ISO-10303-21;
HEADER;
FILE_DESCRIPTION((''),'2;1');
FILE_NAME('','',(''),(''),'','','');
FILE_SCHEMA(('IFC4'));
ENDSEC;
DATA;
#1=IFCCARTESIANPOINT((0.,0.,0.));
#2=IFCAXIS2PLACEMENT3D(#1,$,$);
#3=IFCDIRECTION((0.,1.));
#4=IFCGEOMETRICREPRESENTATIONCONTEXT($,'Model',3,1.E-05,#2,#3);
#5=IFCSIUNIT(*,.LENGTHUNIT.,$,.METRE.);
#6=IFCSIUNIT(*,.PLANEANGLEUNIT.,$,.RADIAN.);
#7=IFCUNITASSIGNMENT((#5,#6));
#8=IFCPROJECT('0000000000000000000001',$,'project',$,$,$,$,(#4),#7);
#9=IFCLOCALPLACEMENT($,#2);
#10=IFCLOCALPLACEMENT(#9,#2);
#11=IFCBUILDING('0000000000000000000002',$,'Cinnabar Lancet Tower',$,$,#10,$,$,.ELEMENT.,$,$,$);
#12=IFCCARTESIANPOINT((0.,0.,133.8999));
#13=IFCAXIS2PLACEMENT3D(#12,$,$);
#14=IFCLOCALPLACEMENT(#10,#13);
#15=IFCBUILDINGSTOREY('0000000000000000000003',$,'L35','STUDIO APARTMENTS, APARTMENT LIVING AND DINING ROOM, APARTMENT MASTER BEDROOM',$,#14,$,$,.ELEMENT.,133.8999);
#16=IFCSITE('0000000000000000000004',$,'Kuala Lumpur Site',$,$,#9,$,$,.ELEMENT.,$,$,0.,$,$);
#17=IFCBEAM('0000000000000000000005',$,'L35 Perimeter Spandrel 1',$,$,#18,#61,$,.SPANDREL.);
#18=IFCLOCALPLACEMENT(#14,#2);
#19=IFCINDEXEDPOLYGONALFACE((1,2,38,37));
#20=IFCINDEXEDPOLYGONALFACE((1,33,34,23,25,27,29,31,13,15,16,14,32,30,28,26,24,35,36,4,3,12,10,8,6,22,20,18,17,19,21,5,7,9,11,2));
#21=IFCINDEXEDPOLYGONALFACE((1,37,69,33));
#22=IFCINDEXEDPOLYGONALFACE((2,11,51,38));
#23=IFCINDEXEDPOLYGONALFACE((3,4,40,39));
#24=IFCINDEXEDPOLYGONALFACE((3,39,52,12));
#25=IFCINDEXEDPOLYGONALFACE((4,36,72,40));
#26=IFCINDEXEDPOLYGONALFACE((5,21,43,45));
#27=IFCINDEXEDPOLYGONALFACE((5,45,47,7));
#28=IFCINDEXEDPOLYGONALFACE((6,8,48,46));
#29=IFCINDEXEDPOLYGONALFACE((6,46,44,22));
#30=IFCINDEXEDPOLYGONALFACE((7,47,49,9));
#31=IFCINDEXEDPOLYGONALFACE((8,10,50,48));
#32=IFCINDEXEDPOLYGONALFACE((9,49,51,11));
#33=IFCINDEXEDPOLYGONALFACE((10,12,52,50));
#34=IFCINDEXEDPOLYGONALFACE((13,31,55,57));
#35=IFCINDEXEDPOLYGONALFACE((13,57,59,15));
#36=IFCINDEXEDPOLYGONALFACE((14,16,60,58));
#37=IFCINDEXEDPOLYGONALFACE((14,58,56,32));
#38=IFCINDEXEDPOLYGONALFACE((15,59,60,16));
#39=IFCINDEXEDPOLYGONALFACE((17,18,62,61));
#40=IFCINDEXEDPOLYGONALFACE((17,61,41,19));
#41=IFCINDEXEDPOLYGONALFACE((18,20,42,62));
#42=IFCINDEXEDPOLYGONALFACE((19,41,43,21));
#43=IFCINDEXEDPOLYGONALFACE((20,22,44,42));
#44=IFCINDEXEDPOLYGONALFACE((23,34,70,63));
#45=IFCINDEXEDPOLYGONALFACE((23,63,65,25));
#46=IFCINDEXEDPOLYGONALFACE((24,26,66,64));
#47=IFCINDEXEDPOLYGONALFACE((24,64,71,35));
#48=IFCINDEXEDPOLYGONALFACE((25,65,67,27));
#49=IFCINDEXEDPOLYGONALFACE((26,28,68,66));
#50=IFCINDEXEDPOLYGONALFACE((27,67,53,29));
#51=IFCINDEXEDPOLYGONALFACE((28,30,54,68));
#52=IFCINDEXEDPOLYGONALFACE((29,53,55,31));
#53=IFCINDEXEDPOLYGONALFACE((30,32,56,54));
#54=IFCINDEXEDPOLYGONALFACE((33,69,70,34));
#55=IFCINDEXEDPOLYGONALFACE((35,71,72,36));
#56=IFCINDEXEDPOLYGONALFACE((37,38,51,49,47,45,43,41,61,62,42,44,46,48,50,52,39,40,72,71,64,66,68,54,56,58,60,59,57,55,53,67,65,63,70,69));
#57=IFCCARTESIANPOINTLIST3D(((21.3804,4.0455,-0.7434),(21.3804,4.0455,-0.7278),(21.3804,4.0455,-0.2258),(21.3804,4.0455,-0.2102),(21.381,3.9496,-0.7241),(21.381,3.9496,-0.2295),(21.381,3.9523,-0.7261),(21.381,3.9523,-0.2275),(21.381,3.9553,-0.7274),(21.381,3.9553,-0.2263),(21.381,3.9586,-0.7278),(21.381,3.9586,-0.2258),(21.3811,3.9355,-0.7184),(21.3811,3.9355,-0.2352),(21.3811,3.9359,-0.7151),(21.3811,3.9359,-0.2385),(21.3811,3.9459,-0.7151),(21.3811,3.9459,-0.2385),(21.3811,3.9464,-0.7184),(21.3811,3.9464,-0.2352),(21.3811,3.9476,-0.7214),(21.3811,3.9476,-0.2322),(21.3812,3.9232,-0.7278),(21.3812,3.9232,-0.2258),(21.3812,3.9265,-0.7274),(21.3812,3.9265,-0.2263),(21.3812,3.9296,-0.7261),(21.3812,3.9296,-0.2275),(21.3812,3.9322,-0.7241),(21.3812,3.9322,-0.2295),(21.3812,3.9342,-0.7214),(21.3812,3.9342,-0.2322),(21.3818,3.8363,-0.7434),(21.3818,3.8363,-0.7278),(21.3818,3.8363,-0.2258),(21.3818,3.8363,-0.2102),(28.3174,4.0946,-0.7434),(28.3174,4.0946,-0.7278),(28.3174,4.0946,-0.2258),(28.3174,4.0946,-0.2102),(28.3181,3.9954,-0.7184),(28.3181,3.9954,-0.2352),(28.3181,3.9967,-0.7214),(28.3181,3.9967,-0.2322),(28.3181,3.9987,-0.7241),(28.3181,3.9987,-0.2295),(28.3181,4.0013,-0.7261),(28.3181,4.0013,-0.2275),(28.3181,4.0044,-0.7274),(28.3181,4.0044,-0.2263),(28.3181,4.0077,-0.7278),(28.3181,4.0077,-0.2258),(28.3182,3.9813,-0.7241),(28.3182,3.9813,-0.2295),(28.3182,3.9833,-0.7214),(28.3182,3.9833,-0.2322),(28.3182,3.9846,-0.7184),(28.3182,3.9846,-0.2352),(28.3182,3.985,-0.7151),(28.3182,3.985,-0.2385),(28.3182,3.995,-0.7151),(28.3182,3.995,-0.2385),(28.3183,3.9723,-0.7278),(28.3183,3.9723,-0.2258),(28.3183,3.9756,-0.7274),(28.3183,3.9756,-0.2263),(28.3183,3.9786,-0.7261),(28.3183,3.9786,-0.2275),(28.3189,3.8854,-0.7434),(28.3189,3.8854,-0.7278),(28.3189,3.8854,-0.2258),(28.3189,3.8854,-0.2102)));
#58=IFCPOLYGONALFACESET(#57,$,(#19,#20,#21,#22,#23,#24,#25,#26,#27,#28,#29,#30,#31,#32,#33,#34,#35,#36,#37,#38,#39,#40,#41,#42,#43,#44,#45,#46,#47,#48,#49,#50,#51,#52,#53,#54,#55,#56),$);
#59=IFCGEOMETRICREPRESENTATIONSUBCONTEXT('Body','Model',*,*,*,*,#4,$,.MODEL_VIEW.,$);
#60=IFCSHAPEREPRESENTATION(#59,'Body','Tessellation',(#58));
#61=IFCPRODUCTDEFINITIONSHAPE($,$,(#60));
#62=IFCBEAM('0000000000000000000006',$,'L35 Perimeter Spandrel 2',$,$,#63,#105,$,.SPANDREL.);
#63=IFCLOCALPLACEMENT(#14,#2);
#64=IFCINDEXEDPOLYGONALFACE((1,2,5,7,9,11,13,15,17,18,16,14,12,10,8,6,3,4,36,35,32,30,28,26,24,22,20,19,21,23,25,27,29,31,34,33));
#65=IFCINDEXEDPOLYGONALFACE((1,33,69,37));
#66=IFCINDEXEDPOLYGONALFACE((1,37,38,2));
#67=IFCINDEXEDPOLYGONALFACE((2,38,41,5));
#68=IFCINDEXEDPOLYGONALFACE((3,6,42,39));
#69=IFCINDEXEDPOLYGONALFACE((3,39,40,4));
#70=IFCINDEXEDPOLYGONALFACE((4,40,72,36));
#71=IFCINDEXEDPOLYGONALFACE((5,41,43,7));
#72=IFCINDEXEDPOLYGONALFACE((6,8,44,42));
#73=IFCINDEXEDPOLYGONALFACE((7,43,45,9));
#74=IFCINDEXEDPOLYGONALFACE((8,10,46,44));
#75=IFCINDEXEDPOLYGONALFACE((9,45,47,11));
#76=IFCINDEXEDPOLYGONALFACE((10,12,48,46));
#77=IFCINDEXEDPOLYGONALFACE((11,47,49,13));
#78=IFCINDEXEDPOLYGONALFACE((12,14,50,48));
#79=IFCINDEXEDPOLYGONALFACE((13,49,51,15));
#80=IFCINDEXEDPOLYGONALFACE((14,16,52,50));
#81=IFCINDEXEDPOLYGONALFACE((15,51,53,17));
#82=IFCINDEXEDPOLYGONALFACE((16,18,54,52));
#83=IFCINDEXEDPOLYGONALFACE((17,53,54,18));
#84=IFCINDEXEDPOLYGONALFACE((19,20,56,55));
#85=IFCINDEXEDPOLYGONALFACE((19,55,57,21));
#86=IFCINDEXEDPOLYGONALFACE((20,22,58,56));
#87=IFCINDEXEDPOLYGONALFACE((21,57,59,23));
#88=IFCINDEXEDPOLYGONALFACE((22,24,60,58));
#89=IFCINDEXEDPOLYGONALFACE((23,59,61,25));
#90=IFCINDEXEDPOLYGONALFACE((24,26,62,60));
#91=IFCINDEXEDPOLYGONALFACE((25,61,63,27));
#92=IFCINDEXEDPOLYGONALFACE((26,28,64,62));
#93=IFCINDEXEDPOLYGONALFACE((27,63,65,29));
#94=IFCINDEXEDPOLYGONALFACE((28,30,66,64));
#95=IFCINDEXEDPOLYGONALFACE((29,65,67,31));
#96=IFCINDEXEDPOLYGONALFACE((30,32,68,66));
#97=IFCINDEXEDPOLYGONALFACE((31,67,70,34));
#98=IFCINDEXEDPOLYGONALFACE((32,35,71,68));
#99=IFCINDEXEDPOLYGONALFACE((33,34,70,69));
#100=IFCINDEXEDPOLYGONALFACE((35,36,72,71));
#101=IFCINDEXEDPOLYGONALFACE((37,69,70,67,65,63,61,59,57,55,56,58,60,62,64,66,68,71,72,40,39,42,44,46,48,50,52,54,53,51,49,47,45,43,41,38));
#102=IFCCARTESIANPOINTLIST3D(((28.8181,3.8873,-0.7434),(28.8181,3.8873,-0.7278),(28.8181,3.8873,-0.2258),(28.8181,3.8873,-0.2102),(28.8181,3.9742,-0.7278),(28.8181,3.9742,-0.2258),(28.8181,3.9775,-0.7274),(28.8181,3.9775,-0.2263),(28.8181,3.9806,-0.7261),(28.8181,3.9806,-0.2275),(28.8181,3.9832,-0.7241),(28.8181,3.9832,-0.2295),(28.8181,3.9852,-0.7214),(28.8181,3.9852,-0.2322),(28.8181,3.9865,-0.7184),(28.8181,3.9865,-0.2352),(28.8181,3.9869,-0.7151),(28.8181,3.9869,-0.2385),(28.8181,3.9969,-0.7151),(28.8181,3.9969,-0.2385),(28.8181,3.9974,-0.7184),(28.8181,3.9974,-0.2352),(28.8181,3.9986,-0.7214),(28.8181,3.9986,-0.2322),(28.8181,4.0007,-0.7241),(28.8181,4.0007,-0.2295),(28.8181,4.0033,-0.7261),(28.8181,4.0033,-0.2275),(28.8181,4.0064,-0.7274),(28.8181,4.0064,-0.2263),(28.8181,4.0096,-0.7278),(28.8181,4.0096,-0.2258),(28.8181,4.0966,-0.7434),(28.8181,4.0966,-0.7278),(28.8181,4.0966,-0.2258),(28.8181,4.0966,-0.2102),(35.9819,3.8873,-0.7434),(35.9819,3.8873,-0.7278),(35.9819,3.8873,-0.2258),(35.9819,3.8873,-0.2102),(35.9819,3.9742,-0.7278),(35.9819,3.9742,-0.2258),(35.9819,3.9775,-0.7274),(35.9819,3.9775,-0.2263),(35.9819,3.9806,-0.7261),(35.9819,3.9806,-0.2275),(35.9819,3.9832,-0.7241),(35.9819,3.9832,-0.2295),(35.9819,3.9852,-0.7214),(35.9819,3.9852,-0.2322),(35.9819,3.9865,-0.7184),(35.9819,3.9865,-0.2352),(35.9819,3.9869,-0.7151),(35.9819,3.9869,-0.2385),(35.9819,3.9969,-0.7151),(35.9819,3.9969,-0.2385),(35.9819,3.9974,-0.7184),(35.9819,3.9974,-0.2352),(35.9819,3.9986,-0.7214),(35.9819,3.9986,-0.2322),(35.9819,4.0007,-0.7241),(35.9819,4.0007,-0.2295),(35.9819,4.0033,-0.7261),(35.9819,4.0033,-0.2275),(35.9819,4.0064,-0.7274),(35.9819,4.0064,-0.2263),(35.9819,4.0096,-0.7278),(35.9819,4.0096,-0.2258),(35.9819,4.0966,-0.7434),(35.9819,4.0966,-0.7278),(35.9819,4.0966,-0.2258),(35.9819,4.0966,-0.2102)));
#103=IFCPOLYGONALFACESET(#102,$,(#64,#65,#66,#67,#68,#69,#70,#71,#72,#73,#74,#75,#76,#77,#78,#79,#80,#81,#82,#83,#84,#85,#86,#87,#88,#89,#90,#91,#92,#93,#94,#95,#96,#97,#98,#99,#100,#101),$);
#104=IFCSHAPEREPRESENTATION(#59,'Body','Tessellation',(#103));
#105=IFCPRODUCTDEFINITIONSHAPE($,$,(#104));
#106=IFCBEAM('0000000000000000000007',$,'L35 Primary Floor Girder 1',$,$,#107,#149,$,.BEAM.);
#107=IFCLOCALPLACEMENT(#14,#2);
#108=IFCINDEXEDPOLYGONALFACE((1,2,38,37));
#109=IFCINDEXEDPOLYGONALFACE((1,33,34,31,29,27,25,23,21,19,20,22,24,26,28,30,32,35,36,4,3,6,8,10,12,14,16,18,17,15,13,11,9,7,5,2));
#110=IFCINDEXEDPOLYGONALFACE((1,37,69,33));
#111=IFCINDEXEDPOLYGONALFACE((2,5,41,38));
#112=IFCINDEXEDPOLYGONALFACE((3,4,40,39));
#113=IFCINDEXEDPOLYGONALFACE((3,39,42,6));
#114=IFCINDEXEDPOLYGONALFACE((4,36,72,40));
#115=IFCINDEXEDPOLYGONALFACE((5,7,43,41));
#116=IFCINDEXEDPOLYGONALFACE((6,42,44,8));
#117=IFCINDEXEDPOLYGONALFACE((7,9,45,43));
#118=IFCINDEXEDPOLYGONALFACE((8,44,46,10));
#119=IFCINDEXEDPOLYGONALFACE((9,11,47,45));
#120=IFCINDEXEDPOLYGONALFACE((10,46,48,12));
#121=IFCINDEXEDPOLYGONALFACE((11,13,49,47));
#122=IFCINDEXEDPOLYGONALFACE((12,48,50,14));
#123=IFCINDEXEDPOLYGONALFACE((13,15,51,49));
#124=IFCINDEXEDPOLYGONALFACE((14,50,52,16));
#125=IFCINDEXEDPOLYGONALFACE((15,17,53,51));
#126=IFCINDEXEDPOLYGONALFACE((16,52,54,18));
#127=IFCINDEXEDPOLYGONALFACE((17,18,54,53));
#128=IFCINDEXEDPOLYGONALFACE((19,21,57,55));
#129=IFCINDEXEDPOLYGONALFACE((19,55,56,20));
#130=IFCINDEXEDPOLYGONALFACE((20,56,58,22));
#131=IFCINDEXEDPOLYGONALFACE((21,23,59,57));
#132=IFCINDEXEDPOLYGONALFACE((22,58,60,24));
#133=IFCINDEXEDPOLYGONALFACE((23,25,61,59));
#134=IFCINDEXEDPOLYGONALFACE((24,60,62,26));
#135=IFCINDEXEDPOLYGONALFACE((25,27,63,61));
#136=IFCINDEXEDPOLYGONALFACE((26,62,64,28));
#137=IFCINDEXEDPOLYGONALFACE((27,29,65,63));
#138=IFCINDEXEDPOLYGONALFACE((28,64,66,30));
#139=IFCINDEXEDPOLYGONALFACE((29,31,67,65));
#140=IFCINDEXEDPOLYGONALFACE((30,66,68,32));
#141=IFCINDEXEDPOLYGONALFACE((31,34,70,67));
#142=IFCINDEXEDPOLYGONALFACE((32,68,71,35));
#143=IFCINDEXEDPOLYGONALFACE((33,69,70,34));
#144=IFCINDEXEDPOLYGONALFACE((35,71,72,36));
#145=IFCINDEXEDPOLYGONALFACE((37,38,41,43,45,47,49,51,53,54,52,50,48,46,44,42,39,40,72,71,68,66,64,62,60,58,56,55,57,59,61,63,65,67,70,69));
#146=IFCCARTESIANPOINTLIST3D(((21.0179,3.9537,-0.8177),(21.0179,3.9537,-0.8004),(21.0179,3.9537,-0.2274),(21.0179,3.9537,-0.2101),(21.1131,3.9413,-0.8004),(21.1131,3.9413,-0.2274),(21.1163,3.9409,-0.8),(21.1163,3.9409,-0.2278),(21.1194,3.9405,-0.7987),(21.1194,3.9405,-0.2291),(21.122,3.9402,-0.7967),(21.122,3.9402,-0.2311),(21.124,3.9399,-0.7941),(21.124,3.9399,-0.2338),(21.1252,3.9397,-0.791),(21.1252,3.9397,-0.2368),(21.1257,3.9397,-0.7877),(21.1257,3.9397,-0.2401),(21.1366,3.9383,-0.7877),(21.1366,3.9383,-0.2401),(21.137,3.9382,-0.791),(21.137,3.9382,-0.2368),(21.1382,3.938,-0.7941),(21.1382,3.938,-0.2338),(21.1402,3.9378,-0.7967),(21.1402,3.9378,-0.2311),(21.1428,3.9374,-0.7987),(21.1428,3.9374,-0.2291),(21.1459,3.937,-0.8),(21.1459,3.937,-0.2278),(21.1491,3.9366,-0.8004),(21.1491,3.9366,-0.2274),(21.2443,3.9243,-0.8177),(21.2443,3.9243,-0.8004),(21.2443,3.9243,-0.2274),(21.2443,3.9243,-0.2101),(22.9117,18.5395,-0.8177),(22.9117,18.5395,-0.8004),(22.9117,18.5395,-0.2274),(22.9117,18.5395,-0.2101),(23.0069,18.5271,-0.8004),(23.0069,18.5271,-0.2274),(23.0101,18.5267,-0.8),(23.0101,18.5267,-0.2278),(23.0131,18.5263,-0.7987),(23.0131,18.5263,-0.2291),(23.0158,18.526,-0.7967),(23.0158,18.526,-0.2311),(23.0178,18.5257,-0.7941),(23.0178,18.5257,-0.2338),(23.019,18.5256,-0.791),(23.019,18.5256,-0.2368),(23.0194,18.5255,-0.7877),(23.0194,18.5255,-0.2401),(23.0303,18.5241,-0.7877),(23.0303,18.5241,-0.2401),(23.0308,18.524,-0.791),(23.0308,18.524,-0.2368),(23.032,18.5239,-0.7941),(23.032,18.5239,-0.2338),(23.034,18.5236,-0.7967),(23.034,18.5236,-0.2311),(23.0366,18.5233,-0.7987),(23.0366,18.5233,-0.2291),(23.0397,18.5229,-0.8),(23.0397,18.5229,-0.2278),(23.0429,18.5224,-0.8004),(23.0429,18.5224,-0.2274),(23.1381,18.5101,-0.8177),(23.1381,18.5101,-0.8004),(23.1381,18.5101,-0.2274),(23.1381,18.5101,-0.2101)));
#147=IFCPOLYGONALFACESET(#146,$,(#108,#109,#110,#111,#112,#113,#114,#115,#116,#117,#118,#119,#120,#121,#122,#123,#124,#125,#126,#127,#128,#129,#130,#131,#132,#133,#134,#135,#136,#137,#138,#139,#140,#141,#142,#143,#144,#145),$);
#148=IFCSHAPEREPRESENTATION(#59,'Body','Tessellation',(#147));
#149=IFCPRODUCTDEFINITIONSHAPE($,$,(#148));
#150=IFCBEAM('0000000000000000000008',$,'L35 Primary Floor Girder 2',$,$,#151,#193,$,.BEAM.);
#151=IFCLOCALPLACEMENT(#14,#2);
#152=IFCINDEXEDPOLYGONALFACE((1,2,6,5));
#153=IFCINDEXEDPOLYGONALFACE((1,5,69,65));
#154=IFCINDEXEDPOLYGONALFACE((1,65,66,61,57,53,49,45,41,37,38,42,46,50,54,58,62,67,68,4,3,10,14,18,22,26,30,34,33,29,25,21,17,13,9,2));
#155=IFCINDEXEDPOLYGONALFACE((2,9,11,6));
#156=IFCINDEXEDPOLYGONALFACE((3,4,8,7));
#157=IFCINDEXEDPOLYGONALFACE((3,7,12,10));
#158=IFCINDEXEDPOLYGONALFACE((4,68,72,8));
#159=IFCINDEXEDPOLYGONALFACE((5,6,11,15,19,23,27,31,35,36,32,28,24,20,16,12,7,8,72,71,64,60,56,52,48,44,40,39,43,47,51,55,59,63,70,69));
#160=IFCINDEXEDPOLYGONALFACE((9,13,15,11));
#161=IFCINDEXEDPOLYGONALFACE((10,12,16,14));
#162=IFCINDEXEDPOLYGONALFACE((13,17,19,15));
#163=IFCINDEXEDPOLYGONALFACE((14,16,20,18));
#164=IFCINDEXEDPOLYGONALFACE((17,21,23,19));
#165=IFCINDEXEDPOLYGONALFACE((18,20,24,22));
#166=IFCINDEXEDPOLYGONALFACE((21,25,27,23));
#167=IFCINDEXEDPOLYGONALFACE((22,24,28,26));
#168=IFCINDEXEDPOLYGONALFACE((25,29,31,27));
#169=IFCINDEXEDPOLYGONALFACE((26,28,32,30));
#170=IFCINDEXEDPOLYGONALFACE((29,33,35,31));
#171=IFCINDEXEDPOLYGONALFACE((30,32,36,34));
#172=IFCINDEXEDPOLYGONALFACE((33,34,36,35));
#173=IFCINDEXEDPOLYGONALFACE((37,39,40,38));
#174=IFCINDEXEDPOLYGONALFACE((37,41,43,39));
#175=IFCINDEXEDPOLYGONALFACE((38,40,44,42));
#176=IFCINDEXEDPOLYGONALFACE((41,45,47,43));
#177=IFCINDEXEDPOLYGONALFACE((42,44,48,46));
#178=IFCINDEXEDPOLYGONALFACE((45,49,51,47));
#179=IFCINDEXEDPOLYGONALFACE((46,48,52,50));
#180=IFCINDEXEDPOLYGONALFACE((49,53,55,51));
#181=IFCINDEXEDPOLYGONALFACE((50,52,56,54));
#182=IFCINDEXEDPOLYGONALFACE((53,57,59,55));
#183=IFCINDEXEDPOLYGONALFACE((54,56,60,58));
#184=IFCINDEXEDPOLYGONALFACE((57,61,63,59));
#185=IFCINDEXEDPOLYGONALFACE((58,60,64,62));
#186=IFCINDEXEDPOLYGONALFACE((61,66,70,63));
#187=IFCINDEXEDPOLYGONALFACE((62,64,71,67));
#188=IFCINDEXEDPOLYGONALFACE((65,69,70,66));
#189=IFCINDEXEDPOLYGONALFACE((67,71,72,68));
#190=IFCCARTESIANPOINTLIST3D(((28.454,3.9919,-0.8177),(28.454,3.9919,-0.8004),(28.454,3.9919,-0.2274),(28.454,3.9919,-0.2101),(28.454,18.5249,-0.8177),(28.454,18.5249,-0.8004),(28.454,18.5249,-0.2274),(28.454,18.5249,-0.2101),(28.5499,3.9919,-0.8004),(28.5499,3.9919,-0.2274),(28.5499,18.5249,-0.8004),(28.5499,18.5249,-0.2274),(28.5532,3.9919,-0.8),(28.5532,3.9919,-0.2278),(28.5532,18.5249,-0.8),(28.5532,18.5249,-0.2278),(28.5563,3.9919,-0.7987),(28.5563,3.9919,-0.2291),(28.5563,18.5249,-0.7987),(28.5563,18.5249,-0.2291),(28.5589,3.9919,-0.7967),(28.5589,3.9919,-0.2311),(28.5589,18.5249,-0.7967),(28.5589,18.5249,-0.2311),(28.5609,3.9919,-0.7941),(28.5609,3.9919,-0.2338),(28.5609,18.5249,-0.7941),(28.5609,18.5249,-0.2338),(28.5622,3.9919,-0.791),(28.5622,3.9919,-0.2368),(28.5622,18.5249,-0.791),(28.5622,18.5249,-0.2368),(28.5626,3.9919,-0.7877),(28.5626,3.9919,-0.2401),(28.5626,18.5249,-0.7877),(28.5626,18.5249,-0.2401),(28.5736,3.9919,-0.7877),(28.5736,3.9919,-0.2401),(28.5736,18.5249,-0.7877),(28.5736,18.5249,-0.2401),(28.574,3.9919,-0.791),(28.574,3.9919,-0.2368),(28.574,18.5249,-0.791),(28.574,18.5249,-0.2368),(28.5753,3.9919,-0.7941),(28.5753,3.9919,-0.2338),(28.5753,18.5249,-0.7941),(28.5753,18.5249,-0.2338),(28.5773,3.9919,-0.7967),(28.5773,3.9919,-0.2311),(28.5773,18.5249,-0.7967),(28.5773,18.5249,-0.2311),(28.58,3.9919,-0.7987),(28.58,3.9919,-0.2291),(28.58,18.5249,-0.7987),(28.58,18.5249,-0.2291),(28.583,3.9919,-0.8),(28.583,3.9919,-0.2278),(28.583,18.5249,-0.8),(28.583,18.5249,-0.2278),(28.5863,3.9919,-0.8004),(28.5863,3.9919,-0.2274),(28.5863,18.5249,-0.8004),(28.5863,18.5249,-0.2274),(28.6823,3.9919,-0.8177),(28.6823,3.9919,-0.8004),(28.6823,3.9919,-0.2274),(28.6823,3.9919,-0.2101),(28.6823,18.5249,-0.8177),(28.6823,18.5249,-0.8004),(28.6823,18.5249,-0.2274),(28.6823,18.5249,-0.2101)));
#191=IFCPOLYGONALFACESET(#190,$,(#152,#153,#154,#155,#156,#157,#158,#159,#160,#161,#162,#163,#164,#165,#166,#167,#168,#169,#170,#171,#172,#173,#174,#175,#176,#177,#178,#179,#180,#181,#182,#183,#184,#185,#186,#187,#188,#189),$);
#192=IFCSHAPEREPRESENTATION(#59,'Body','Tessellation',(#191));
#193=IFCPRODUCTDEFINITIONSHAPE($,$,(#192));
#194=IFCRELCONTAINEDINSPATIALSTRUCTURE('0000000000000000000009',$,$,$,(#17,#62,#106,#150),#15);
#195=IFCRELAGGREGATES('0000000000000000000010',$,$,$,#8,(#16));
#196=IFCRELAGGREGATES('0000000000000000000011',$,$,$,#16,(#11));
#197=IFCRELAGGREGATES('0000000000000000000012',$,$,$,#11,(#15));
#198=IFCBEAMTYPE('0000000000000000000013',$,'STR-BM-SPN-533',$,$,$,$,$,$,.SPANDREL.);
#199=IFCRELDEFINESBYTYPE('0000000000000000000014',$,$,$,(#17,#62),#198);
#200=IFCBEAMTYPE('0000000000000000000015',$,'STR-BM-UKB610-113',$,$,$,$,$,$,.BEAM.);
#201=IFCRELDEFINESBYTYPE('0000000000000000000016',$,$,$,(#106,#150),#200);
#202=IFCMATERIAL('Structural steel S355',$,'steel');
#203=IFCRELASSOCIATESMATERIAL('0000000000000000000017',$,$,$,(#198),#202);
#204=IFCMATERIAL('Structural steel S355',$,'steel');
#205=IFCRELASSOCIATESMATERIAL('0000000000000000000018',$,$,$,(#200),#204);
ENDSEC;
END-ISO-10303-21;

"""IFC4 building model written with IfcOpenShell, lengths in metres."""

from ifc_helpers import new_model, si_unit, direction, frame, origin, origin_2d, place, context, subcontext, project, spatial, i_section, extrude, material, material_profile, profile_set, type_object, element, save


model = new_model("IFC4")

# Units and contexts
model_context = context("Model", 3, precision=1e-05, world=origin(), true_north=direction((0.0, 1.0)))
body_context = subcontext(model_context, "Body", "Model", "MODEL_VIEW")
ifc_project = project(units=[si_unit("LENGTHUNIT", "METRE"), si_unit("PLANEANGLEUNIT", "RADIAN")], contexts=[model_context])

# Site, building, storey
site_placement = place(None, origin())
site = spatial("IfcSite", under=ifc_project, at=site_placement, Name="Kuala Lumpur Site", CompositionType="ELEMENT", RefElevation=0.0)
building_placement = place(site_placement, origin())
building = spatial("IfcBuilding", under=site, at=building_placement, Name="Cinnabar Lancet Tower", CompositionType="ELEMENT")
storey_placement = place(building_placement, frame((0.0, 0.0, 133.8999)))
storey = spatial("IfcBuildingStorey", under=building, at=storey_placement, Name="L35", Description="STUDIO APARTMENTS, APARTMENT LIVING AND DINING ROOM, APARTMENT MASTER BEDROOM", CompositionType="ELEMENT", Elevation=133.8999)

# Beams
ifc_material_1 = material(Name="Structural steel S355", Category="steel")
ifc_material_profile_1 = material_profile(ifc_material_1, i_section(OverallWidth=0.2092, OverallDepth=0.5332, WebThickness=0.01, FlangeThickness=0.0156, FilletRadius=0.0127, at=origin_2d()), Name="UKB 533x210x92")
ifc_profile_set_1 = profile_set([ifc_material_profile_1], Name="Structural steel S355")
beam_type_1 = type_object("IfcBeamType", Name="STR-BM-SPN-533", PredefinedType="SPANDREL", material=ifc_profile_set_1)
beam_1_placement = place(storey_placement, frame((21.3811, 3.9409, -0.4768), z_axis=(0.999975, 0.007074, 0.0), x_axis=(-0.007074, 0.999975, 0.0)))
element("IfcBeam", 1, at=beam_1_placement, inside=storey, type_object=beam_type_1, Name="L35 Perimeter Spandrel 1", PredefinedType="SPANDREL", context=body_context, shape_type="SweptSolid", body=[
    extrude(i_section(OverallWidth=0.2092, OverallDepth=0.5332, WebThickness=0.01, FlangeThickness=0.0156, FilletRadius=0.0127, at=origin_2d()), origin(), (0.0, 0.0, 1.0), 6.9373),
])
beam_2_placement = place(storey_placement, frame((28.8181, 3.9919, -0.4768), z_axis=(1.0, 0.0, 0.0), x_axis=(0.0, 1.0, 0.0)))
element("IfcBeam", 2, at=beam_2_placement, inside=storey, type_object=beam_type_1, Name="L35 Perimeter Spandrel 2", PredefinedType="SPANDREL", context=body_context, shape_type="SweptSolid", body=[
    extrude(i_section(OverallWidth=0.2092, OverallDepth=0.5332, WebThickness=0.01, FlangeThickness=0.0156, FilletRadius=0.0127, at=origin_2d()), origin(), (0.0, 0.0, 1.0), 7.1638),
])
ifc_material_2 = material(Name="Structural steel S355", Category="steel")
ifc_material_profile_2 = material_profile(ifc_material_2, i_section(OverallWidth=0.2283, OverallDepth=0.6077, WebThickness=0.011, FlangeThickness=0.0173, FilletRadius=0.0127, at=origin_2d()), Name="UKB 610x229x113")
ifc_profile_set_2 = profile_set([ifc_material_profile_2], Name="Structural steel S355")
beam_type_2 = type_object("IfcBeamType", Name="STR-BM-UKB610-113", PredefinedType="BEAM", material=ifc_profile_set_2)
beam_3_placement = place(storey_placement, frame((21.1311, 3.939, -0.5139), z_axis=(0.128757, 0.991676, 0.0), x_axis=(-0.991676, 0.128757, 0.0)))
element("IfcBeam", 3, at=beam_3_placement, inside=storey, type_object=beam_type_2, Name="L35 Primary Floor Girder 1", PredefinedType="BEAM", context=body_context, shape_type="SweptSolid", body=[
    extrude(i_section(OverallWidth=0.2283, OverallDepth=0.6077, WebThickness=0.011, FlangeThickness=0.0173, FilletRadius=0.0127, at=origin_2d()), origin(), (0.0, 0.0, 1.0), 14.7083),
])
beam_4_placement = place(storey_placement, frame((28.5681, 3.9919, -0.5139), z_axis=(0.0, 1.0, 0.0), x_axis=(-1.0, 0.0, 0.0)))
element("IfcBeam", 4, at=beam_4_placement, inside=storey, type_object=beam_type_2, Name="L35 Primary Floor Girder 2", PredefinedType="BEAM", context=body_context, shape_type="SweptSolid", body=[
    extrude(i_section(OverallWidth=0.2283, OverallDepth=0.6077, WebThickness=0.011, FlangeThickness=0.0173, FilletRadius=0.0127, at=origin_2d()), origin(), (0.0, 0.0, 1.0), 14.533),
])

save(model, "model.ifc")
